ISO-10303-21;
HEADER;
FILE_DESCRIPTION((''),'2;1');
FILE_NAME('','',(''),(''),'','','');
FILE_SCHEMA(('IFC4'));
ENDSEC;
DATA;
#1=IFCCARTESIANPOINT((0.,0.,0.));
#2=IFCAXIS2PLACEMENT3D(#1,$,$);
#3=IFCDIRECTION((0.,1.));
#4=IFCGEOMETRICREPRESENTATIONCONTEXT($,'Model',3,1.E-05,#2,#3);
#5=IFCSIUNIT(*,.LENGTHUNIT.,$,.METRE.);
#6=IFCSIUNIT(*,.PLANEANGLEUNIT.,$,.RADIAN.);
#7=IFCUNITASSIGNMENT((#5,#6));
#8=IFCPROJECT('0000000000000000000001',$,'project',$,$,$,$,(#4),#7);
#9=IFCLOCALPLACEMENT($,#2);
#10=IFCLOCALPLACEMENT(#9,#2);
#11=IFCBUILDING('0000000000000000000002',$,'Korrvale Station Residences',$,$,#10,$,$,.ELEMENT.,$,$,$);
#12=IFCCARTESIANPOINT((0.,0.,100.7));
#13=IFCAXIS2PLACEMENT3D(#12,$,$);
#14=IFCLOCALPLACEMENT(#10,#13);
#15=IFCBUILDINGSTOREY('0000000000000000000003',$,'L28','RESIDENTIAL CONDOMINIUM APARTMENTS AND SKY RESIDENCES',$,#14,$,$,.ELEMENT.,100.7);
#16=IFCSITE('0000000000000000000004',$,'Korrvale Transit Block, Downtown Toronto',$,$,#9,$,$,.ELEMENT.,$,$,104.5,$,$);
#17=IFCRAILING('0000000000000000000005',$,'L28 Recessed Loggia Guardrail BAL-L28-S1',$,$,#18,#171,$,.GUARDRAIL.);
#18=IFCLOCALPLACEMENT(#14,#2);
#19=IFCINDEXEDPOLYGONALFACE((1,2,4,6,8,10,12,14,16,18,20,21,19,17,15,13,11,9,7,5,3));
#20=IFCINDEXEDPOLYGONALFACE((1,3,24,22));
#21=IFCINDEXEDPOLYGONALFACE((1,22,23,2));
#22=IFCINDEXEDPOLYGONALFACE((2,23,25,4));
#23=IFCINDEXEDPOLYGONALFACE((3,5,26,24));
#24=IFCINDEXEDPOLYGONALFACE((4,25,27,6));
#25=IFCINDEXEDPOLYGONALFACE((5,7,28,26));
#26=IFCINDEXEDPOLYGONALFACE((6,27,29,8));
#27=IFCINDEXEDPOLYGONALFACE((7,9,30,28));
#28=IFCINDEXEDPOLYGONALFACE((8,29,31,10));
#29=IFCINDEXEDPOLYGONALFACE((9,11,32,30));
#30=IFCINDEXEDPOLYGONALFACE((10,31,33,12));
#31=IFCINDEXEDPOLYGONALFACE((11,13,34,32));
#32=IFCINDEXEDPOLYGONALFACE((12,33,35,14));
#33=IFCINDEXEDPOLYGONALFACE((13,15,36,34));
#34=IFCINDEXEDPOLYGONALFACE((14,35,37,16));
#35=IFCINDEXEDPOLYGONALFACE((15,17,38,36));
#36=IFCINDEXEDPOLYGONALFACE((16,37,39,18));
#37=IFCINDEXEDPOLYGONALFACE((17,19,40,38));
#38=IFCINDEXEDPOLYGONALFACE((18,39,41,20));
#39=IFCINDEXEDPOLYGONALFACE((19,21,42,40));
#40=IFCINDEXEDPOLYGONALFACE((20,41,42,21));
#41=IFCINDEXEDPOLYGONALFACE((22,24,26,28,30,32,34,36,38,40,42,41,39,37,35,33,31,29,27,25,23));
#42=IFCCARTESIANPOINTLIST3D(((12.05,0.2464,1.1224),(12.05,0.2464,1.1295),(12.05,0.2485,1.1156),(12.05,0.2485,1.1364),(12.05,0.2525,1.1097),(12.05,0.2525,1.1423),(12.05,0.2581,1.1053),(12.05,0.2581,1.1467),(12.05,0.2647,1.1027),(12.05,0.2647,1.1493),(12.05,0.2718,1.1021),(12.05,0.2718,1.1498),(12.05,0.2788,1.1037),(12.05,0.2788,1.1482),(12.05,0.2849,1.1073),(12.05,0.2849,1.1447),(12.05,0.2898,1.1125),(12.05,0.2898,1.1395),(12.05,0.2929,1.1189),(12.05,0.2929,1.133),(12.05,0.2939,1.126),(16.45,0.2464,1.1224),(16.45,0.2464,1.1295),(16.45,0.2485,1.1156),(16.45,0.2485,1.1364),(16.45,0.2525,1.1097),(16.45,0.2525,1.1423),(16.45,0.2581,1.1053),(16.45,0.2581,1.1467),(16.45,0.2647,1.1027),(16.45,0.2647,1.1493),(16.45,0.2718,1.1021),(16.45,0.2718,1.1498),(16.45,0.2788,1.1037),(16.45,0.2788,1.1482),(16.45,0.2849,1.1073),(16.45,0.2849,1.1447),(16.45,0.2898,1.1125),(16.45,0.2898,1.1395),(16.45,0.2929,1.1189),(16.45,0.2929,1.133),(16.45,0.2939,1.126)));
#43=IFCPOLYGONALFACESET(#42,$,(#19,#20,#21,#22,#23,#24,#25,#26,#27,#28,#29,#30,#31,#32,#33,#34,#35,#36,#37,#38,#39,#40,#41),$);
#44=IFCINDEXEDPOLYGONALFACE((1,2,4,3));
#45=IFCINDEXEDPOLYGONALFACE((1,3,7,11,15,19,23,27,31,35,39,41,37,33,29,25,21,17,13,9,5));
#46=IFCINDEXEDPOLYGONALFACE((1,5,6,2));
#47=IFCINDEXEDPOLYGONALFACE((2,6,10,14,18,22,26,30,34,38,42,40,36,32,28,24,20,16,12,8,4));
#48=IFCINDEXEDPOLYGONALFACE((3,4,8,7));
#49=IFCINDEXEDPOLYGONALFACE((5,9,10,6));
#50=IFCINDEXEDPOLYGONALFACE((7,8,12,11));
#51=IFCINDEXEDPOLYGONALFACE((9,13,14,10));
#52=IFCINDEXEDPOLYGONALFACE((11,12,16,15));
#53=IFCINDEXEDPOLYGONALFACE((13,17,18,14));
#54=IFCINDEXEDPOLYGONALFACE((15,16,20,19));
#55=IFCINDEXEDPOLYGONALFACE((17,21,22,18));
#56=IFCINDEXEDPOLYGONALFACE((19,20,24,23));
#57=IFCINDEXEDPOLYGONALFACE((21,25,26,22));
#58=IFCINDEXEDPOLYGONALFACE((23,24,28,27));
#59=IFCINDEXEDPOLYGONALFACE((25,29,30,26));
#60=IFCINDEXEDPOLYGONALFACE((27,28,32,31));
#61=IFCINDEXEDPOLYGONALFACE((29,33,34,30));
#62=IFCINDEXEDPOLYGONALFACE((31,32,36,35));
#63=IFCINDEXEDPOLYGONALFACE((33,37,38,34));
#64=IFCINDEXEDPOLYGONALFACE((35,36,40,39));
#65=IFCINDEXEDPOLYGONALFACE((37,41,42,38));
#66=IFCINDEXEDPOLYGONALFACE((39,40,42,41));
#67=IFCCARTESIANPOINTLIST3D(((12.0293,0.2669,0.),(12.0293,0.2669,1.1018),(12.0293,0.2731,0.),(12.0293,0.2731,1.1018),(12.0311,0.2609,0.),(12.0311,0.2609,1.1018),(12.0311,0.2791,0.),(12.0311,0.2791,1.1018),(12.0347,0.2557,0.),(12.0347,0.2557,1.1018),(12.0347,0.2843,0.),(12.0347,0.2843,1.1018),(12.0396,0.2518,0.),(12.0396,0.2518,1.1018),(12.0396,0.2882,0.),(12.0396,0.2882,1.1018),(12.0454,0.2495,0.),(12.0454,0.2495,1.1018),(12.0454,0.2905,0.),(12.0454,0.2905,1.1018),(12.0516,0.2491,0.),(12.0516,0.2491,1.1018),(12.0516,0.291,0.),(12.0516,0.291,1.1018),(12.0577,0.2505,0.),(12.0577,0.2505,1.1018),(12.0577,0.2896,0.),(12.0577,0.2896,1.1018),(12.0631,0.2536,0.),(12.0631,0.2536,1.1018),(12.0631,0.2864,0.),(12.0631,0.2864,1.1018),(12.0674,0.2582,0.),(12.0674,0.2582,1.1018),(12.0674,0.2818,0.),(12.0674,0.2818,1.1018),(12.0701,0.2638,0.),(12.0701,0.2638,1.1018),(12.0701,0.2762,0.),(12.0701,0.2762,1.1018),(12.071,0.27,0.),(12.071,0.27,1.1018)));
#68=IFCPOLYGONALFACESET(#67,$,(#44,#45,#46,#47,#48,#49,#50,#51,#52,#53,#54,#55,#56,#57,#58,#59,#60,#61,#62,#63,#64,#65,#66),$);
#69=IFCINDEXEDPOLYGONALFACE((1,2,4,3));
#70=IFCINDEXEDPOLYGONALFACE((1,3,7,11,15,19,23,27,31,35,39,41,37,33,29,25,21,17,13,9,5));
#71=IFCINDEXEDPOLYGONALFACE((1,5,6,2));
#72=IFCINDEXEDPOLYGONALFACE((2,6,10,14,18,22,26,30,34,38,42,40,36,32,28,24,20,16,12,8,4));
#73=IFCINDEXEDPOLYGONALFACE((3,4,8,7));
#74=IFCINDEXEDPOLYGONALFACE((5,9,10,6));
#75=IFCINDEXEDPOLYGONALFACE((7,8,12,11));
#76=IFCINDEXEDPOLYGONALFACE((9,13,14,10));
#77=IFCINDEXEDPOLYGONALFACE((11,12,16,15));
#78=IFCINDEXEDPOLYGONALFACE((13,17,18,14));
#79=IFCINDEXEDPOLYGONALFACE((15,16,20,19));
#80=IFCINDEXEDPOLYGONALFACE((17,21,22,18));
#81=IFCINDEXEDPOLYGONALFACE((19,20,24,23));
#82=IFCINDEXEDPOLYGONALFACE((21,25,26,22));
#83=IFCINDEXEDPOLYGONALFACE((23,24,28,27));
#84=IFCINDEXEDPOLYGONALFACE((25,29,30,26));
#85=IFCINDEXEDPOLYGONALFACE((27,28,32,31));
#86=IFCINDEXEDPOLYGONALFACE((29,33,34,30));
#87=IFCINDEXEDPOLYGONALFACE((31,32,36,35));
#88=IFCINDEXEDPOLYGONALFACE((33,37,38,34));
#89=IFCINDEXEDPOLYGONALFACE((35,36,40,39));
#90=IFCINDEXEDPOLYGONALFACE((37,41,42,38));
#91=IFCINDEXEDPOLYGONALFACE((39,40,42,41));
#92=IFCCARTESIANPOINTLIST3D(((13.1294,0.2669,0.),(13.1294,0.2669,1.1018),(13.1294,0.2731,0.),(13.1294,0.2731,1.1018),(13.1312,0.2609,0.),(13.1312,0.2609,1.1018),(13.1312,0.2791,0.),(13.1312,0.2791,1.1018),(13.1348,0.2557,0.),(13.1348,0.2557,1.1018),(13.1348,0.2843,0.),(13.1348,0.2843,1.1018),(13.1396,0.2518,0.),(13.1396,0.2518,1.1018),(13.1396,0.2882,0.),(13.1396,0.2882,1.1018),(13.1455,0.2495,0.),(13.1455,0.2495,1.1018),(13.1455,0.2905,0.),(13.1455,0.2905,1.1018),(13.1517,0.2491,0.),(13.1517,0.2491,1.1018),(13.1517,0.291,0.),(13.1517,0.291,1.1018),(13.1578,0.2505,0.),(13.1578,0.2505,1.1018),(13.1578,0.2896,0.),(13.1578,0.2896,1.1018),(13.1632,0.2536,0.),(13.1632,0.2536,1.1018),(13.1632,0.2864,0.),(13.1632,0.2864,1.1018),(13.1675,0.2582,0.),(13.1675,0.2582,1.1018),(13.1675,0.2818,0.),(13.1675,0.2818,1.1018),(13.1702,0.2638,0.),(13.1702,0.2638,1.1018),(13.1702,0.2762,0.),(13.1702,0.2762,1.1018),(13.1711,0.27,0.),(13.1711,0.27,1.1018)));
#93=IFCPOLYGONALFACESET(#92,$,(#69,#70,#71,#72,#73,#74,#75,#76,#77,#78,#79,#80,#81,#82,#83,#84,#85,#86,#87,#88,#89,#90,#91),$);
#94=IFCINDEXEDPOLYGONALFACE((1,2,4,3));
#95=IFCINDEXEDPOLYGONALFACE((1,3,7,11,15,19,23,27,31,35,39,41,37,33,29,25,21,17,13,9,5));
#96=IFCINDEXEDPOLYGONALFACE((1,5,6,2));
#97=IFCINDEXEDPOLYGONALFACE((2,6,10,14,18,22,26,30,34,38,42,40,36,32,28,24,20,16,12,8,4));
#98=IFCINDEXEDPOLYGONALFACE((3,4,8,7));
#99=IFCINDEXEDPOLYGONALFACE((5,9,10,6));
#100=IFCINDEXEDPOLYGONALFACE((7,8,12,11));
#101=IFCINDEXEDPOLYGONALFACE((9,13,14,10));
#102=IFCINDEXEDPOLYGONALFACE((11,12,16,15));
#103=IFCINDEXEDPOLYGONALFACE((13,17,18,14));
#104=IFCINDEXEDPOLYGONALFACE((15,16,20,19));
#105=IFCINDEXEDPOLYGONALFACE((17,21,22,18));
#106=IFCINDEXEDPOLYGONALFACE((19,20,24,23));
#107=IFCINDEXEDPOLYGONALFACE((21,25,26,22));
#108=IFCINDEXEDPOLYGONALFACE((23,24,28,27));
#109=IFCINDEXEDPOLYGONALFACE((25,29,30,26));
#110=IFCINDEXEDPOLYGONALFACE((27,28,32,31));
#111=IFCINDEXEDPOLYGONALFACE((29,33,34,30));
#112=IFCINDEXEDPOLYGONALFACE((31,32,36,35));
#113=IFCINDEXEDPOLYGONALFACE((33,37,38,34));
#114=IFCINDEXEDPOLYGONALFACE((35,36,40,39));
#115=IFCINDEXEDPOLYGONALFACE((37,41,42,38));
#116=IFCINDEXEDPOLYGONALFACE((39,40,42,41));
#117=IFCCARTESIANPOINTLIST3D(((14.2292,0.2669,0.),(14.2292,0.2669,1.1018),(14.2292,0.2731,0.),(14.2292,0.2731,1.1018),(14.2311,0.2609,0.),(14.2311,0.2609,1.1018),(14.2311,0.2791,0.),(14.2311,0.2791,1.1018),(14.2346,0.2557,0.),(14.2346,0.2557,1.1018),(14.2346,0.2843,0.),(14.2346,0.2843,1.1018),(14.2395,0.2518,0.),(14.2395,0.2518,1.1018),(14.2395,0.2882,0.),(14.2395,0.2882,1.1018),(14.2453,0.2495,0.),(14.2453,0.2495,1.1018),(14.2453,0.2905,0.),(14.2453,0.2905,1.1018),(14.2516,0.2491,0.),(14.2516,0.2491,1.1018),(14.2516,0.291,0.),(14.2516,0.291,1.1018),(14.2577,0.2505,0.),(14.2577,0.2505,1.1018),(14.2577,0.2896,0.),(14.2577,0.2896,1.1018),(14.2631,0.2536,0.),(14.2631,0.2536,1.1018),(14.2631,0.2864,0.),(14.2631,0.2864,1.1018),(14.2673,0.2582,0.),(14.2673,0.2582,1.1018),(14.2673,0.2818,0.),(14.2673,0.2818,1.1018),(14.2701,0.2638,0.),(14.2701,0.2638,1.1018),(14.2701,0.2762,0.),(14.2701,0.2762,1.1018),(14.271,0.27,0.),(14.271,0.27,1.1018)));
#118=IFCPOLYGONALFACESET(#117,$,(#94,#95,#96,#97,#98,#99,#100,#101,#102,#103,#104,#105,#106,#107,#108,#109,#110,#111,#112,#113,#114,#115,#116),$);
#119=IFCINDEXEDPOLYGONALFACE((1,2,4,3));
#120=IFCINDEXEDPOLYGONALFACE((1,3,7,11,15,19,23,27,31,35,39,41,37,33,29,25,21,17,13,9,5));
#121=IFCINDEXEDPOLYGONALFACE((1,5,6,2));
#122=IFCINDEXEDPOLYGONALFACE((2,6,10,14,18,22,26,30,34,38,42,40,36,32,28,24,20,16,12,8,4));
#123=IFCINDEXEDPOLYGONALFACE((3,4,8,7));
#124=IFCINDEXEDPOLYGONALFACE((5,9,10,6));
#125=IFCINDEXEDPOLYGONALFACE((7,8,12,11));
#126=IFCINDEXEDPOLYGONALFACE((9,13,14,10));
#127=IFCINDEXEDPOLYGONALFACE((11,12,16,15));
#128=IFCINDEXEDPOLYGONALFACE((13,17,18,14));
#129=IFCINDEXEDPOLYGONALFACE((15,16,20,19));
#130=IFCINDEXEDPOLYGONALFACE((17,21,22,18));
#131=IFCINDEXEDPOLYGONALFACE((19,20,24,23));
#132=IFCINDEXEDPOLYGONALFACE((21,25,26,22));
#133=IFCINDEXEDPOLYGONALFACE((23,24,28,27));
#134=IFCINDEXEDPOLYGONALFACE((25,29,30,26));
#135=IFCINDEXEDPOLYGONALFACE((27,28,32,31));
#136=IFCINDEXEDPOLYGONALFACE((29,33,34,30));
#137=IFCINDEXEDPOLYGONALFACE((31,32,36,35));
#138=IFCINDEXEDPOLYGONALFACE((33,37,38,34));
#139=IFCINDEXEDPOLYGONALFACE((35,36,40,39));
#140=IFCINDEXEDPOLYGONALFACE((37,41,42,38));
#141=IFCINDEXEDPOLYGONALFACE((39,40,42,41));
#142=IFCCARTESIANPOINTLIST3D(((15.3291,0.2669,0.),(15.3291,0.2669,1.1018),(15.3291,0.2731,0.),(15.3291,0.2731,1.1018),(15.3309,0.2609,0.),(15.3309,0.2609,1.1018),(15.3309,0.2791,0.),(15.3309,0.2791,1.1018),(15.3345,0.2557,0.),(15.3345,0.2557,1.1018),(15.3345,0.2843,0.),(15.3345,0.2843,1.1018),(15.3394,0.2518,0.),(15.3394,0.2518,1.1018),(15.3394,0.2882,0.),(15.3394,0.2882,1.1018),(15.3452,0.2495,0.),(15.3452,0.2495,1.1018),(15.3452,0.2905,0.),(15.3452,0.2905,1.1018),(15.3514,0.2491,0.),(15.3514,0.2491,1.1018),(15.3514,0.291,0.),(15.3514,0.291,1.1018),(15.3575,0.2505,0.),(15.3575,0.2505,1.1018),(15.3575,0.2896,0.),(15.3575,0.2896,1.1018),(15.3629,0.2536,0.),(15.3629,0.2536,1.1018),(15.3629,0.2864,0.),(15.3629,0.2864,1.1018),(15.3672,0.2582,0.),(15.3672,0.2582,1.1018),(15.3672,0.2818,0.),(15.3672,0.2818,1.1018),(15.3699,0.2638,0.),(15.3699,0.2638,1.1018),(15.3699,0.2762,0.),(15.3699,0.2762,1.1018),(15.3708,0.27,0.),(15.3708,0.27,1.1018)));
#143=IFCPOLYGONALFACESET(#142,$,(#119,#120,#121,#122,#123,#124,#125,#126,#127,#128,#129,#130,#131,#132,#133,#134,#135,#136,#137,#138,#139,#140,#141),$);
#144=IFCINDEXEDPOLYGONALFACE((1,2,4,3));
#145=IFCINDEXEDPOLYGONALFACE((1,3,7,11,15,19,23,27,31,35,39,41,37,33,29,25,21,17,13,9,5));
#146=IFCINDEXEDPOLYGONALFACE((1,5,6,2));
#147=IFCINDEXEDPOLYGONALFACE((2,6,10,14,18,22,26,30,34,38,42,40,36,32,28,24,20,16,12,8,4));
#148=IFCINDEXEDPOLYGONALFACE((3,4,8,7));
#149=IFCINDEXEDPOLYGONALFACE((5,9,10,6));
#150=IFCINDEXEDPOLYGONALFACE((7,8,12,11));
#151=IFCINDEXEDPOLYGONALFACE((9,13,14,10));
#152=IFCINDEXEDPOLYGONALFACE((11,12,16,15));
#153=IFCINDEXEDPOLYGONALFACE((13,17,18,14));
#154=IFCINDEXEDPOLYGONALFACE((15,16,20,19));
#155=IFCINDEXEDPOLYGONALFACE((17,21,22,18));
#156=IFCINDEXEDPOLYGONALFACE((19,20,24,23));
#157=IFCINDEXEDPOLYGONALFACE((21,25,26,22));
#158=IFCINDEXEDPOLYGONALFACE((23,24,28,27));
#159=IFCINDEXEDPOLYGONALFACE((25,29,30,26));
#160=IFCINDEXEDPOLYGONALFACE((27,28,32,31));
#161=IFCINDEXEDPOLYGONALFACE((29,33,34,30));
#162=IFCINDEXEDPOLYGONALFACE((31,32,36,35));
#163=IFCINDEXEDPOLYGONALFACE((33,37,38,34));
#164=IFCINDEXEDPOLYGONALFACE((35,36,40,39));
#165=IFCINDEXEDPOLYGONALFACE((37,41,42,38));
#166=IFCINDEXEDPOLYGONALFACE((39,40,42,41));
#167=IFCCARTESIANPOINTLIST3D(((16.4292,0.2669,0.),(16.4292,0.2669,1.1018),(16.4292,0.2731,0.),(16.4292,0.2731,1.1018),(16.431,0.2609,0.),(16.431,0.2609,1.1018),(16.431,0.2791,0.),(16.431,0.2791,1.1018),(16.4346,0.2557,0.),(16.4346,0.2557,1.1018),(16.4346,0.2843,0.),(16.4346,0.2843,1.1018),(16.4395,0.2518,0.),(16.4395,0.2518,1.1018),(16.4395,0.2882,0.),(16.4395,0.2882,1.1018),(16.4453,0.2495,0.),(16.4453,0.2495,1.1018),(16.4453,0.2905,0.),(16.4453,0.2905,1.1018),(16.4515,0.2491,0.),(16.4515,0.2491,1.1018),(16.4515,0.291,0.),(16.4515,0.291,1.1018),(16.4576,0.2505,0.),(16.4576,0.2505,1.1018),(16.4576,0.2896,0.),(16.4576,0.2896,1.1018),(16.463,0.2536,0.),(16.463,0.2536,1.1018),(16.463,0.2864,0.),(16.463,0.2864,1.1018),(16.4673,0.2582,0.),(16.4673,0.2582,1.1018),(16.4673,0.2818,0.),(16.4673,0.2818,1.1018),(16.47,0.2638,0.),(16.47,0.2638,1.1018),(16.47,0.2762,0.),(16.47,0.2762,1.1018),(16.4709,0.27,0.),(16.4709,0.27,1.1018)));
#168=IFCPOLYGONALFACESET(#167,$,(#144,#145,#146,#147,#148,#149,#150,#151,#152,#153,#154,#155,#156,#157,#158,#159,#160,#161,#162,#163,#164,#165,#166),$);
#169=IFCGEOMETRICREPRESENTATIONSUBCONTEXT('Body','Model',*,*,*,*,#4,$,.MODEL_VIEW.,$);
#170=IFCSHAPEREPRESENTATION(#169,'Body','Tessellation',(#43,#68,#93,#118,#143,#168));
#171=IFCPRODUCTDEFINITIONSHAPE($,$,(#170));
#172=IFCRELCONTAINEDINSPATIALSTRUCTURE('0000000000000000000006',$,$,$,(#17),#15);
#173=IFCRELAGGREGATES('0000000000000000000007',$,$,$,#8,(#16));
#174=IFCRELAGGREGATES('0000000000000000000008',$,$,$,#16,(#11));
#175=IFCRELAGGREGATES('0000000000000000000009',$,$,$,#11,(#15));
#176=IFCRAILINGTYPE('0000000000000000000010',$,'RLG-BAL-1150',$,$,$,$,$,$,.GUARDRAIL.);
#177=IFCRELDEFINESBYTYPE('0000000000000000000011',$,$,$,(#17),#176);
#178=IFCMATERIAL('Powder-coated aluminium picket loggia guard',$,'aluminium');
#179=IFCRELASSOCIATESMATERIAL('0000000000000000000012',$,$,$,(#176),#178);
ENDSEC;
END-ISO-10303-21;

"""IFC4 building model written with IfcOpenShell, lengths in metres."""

from ifc_helpers import new_model, si_unit, direction, frame, origin, origin_2d, place, context, subcontext, project, spatial, circle, extrude, material, type_object, element, save


model = new_model("IFC4")

# Units and contexts
model_context = context("Model", 3, precision=1e-05, world=origin(), true_north=direction((0.0, 1.0)))
body_context = subcontext(model_context, "Body", "Model", "MODEL_VIEW")
ifc_project = project(units=[si_unit("LENGTHUNIT", "METRE"), si_unit("PLANEANGLEUNIT", "RADIAN")], contexts=[model_context])

# Site, building, storey
site_placement = place(None, origin())
site = spatial("IfcSite", under=ifc_project, at=site_placement, Name="Korrvale Transit Block, Downtown Toronto", CompositionType="ELEMENT", RefElevation=104.5)
building_placement = place(site_placement, origin())
building = spatial("IfcBuilding", under=site, at=building_placement, Name="Korrvale Station Residences", CompositionType="ELEMENT")
storey_placement = place(building_placement, frame((0.0, 0.0, 100.7)))
storey = spatial("IfcBuildingStorey", under=building, at=storey_placement, Name="L28", Description="RESIDENTIAL CONDOMINIUM APARTMENTS AND SKY RESIDENCES", CompositionType="ELEMENT", Elevation=100.7)

# Railing
ifc_material_1 = material(Name="Powder-coated aluminium picket loggia guard", Category="aluminium")
railing_type = type_object("IfcRailingType", Name="RLG-BAL-1150", PredefinedType="GUARDRAIL", material=ifc_material_1)
railing_placement = place(storey_placement, frame((12.05, 0.27, 0.0)))
element("IfcRailing", 1, at=railing_placement, inside=storey, type_object=railing_type, Name="L28 Recessed Loggia Guardrail BAL-L28-S1", PredefinedType="GUARDRAIL", context=body_context, shape_type="SweptSolid", body=[
    extrude(circle(Radius=0.0239, at=origin_2d()), frame((0.0, 0.0, 1.126), z_axis=(1.0, 0.0, 0.0), x_axis=(0.0, 1.0, 0.0)), (0.0, 0.0, 1.0), 4.3999),
    extrude(circle(Radius=0.021, at=origin_2d()), origin(), (0.0, 0.0, 1.0), 1.1018),
    extrude(circle(Radius=0.021, at=origin_2d()), frame((1.1001, 0.0, 0.0)), (0.0, 0.0, 1.0), 1.1018),
    extrude(circle(Radius=0.021, at=origin_2d()), frame((2.2, 0.0, 0.0)), (0.0, 0.0, 1.0), 1.1018),
    extrude(circle(Radius=0.021, at=origin_2d()), frame((3.2998, 0.0, 0.0)), (0.0, 0.0, 1.0), 1.1018),
    extrude(circle(Radius=0.021, at=origin_2d()), frame((4.3999, 0.0, 0.0)), (0.0, 0.0, 1.0), 1.1018),
])

save(model, "model.ifc")
